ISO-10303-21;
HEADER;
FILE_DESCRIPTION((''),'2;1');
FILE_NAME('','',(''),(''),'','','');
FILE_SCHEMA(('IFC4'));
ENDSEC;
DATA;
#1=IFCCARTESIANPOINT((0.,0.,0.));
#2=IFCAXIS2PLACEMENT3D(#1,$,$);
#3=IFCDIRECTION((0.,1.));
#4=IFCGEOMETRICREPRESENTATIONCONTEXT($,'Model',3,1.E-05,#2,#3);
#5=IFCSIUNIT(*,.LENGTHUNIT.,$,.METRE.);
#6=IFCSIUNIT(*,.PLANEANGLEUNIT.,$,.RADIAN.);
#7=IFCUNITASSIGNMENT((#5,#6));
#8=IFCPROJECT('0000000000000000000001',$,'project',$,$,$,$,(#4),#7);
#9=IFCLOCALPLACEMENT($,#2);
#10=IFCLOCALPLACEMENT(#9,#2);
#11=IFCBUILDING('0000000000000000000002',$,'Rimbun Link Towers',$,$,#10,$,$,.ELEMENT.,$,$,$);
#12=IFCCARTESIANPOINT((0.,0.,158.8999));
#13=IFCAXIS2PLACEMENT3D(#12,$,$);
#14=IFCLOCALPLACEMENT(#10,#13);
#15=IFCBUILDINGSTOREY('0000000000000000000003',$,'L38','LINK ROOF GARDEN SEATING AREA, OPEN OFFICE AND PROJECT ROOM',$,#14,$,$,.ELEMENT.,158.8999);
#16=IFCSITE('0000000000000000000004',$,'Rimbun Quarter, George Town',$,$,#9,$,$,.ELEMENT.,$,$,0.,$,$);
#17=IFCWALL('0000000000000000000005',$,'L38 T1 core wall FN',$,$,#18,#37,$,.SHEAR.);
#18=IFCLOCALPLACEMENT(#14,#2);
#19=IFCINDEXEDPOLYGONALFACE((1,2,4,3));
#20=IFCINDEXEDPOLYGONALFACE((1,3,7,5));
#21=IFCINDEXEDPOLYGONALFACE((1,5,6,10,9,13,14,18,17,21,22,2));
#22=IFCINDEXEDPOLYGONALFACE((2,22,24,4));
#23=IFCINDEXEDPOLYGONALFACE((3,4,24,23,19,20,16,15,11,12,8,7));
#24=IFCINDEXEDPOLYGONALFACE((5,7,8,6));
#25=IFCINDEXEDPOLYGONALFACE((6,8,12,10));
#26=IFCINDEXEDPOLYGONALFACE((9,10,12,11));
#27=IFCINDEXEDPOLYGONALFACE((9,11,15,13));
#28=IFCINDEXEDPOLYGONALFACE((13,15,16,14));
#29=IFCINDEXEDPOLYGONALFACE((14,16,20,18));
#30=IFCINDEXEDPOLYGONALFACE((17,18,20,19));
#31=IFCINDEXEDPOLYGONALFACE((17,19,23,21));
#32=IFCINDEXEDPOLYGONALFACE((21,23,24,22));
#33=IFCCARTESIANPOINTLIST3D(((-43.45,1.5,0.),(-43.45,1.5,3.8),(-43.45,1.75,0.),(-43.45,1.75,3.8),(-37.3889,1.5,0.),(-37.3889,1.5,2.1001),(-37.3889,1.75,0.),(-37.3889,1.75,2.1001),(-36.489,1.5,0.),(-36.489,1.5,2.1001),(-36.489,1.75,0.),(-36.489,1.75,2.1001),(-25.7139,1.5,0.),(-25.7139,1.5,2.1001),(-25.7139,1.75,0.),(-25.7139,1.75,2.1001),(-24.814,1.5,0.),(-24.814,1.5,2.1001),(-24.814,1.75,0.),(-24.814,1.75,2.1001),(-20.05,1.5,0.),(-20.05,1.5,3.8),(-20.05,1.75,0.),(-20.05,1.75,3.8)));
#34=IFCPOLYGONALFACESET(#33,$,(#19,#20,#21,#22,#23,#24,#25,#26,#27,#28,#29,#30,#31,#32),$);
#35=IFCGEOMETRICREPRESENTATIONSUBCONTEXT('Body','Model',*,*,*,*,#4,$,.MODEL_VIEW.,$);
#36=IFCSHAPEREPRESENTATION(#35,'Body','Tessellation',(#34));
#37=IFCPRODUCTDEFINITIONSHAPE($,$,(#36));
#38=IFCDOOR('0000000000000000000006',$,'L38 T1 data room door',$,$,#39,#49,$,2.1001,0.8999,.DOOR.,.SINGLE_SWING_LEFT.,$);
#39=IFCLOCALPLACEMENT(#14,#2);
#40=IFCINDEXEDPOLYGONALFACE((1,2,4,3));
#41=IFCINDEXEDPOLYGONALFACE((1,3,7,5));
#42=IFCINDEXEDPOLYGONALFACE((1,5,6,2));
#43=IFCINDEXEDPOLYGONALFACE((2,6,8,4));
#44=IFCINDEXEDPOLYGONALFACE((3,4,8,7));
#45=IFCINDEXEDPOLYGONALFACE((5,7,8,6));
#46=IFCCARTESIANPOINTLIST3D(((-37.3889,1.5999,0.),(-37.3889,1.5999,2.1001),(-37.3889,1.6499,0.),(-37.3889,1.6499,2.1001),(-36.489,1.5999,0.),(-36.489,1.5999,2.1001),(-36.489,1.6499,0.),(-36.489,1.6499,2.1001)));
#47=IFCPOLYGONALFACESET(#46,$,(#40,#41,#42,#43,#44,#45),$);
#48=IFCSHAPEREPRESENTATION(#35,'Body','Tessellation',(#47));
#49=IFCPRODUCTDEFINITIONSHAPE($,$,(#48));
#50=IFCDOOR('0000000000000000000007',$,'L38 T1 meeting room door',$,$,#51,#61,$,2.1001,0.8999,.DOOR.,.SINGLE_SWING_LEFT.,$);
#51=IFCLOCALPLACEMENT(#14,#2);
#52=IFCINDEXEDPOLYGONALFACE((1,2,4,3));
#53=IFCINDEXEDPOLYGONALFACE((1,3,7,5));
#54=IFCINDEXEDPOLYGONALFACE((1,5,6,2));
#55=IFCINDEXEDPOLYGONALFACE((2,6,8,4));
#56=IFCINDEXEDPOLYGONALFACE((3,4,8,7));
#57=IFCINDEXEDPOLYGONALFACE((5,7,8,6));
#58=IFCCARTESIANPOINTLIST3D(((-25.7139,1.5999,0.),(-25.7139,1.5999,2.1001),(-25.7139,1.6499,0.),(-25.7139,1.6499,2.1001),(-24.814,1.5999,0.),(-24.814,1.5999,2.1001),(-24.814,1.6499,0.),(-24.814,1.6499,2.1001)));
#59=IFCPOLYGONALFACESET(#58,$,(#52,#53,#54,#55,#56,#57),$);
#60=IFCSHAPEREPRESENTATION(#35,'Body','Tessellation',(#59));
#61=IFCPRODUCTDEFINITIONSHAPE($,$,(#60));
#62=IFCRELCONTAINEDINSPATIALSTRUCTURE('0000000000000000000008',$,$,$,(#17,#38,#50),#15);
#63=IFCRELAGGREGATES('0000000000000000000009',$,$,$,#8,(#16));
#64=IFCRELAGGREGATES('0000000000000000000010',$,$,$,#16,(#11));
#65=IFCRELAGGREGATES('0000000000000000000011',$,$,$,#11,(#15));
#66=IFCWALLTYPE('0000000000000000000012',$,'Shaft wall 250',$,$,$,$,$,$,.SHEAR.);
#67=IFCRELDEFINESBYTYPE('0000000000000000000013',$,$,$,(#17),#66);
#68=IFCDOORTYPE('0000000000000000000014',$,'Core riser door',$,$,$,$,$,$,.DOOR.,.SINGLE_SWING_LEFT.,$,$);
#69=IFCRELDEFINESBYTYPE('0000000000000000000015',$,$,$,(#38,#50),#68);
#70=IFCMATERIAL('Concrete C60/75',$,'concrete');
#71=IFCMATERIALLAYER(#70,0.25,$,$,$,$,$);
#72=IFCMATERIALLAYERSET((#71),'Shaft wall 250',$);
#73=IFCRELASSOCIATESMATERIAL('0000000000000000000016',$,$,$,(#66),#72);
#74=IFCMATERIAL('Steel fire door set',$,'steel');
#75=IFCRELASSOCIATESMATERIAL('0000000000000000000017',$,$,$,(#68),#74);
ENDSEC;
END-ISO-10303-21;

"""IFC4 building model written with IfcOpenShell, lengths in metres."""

from ifc_helpers import new_model, si_unit, direction, frame, frame_2d, origin, place, context, subcontext, project, spatial, rectangle, extrude, material, layer, layer_set, type_object, element, fill, save


model = new_model("IFC4")

# Units and contexts
model_context = context("Model", 3, precision=1e-05, world=origin(), true_north=direction((0.0, 1.0)))
body_context = subcontext(model_context, "Body", "Model", "MODEL_VIEW")
ifc_project = project(units=[si_unit("LENGTHUNIT", "METRE"), si_unit("PLANEANGLEUNIT", "RADIAN")], contexts=[model_context])

# Site, building, storey
site_placement = place(None, origin())
site = spatial("IfcSite", under=ifc_project, at=site_placement, Name="Rimbun Quarter, George Town", CompositionType="ELEMENT", RefElevation=0.0)
building_placement = place(site_placement, origin())
building = spatial("IfcBuilding", under=site, at=building_placement, Name="Rimbun Link Towers", CompositionType="ELEMENT")
storey_placement = place(building_placement, frame((0.0, 0.0, 158.8999)))
storey = spatial("IfcBuildingStorey", under=building, at=storey_placement, Name="L38", Description="LINK ROOF GARDEN SEATING AREA, OPEN OFFICE AND PROJECT ROOM", CompositionType="ELEMENT", Elevation=158.8999)

# Shared definitions
ifc_material_1 = material(Name="Concrete C60/75", Category="concrete")
ifc_layer_1 = layer(ifc_material_1, 0.25)
ifc_layer_set_1 = layer_set([ifc_layer_1], Name="Shaft wall 250")
wall_type_1 = type_object("IfcWallType", Name="Shaft wall 250", PredefinedType="SHEAR", material=ifc_layer_set_1)

# Wall, openings, doors
wall_1_placement = place(storey_placement, frame((-43.45, 1.625, 0.0), z_axis=(0.0, 0.0, 1.0), x_axis=(1.0, 0.0, 0.0)))
wall_1 = element("IfcWall", 1, at=wall_1_placement, inside=storey, type_object=wall_type_1, Name="L38 T1 core wall FN", PredefinedType="SHEAR", context=body_context, shape_type="SweptSolid", body=[
    extrude(rectangle(XDim=23.3999, YDim=0.25, at=frame_2d((11.7, 0.0))), origin(), (0.0, 0.0, 1.0), 3.8),
])
opening_1_placement = place(wall_1_placement, frame((6.061, 0.0, 0.0)))
opening_1 = element("IfcOpeningElement", 2, at=opening_1_placement, cuts=wall_1, PredefinedType="OPENING", context=body_context, shape_type="SweptSolid", body=[
    extrude(rectangle(XDim=0.8999, YDim=2.1001, at=frame_2d((0.45, 1.05))), frame((0.0, 0.135, 0.0), z_axis=(0.0, -1.0, 0.0), x_axis=(1.0, 0.0, 0.0)), (0.0, 0.0, 1.0), 0.27),
])
opening_2_placement = place(wall_1_placement, frame((17.7361, 0.0, 0.0)))
opening_2 = element("IfcOpeningElement", 3, at=opening_2_placement, cuts=wall_1, PredefinedType="OPENING", context=body_context, shape_type="SweptSolid", body=[
    extrude(rectangle(XDim=0.8999, YDim=2.1001, at=frame_2d((0.45, 1.05))), frame((0.0, 0.135, 0.0), z_axis=(0.0, -1.0, 0.0), x_axis=(1.0, 0.0, 0.0)), (0.0, 0.0, 1.0), 0.27),
])
ifc_material_2 = material(Name="Steel fire door set", Category="steel")
door_type_1 = type_object("IfcDoorType", Name="Core riser door", OperationType="SINGLE_SWING_LEFT", PredefinedType="DOOR", material=ifc_material_2)
door_1_placement = place(opening_1_placement, origin())
door_1 = element("IfcDoor", 4, at=door_1_placement, inside=storey, type_object=door_type_1, Name="L38 T1 data room door", OperationType="SINGLE_SWING_LEFT", OverallHeight=2.1001, OverallWidth=0.8999, PredefinedType="DOOR", context=body_context, shape_type="SweptSolid", body=[
    extrude(rectangle(XDim=0.8999, YDim=2.1001, at=frame_2d((0.45, 1.05))), frame((0.0, 0.0249, 0.0), z_axis=(0.0, -1.0, 0.0), x_axis=(1.0, 0.0, 0.0)), (0.0, 0.0, 1.0), 0.05),
])
fill(opening_1, door_1)
door_2_placement = place(opening_2_placement, origin())
door_2 = element("IfcDoor", 5, at=door_2_placement, inside=storey, type_object=door_type_1, Name="L38 T1 meeting room door", OperationType="SINGLE_SWING_LEFT", OverallHeight=2.1001, OverallWidth=0.8999, PredefinedType="DOOR", context=body_context, shape_type="SweptSolid", body=[
    extrude(rectangle(XDim=0.8999, YDim=2.1001, at=frame_2d((0.45, 1.05))), frame((0.0, 0.0249, 0.0), z_axis=(0.0, -1.0, 0.0), x_axis=(1.0, 0.0, 0.0)), (0.0, 0.0, 1.0), 0.05),
])
fill(opening_2, door_2)

save(model, "model.ifc")
